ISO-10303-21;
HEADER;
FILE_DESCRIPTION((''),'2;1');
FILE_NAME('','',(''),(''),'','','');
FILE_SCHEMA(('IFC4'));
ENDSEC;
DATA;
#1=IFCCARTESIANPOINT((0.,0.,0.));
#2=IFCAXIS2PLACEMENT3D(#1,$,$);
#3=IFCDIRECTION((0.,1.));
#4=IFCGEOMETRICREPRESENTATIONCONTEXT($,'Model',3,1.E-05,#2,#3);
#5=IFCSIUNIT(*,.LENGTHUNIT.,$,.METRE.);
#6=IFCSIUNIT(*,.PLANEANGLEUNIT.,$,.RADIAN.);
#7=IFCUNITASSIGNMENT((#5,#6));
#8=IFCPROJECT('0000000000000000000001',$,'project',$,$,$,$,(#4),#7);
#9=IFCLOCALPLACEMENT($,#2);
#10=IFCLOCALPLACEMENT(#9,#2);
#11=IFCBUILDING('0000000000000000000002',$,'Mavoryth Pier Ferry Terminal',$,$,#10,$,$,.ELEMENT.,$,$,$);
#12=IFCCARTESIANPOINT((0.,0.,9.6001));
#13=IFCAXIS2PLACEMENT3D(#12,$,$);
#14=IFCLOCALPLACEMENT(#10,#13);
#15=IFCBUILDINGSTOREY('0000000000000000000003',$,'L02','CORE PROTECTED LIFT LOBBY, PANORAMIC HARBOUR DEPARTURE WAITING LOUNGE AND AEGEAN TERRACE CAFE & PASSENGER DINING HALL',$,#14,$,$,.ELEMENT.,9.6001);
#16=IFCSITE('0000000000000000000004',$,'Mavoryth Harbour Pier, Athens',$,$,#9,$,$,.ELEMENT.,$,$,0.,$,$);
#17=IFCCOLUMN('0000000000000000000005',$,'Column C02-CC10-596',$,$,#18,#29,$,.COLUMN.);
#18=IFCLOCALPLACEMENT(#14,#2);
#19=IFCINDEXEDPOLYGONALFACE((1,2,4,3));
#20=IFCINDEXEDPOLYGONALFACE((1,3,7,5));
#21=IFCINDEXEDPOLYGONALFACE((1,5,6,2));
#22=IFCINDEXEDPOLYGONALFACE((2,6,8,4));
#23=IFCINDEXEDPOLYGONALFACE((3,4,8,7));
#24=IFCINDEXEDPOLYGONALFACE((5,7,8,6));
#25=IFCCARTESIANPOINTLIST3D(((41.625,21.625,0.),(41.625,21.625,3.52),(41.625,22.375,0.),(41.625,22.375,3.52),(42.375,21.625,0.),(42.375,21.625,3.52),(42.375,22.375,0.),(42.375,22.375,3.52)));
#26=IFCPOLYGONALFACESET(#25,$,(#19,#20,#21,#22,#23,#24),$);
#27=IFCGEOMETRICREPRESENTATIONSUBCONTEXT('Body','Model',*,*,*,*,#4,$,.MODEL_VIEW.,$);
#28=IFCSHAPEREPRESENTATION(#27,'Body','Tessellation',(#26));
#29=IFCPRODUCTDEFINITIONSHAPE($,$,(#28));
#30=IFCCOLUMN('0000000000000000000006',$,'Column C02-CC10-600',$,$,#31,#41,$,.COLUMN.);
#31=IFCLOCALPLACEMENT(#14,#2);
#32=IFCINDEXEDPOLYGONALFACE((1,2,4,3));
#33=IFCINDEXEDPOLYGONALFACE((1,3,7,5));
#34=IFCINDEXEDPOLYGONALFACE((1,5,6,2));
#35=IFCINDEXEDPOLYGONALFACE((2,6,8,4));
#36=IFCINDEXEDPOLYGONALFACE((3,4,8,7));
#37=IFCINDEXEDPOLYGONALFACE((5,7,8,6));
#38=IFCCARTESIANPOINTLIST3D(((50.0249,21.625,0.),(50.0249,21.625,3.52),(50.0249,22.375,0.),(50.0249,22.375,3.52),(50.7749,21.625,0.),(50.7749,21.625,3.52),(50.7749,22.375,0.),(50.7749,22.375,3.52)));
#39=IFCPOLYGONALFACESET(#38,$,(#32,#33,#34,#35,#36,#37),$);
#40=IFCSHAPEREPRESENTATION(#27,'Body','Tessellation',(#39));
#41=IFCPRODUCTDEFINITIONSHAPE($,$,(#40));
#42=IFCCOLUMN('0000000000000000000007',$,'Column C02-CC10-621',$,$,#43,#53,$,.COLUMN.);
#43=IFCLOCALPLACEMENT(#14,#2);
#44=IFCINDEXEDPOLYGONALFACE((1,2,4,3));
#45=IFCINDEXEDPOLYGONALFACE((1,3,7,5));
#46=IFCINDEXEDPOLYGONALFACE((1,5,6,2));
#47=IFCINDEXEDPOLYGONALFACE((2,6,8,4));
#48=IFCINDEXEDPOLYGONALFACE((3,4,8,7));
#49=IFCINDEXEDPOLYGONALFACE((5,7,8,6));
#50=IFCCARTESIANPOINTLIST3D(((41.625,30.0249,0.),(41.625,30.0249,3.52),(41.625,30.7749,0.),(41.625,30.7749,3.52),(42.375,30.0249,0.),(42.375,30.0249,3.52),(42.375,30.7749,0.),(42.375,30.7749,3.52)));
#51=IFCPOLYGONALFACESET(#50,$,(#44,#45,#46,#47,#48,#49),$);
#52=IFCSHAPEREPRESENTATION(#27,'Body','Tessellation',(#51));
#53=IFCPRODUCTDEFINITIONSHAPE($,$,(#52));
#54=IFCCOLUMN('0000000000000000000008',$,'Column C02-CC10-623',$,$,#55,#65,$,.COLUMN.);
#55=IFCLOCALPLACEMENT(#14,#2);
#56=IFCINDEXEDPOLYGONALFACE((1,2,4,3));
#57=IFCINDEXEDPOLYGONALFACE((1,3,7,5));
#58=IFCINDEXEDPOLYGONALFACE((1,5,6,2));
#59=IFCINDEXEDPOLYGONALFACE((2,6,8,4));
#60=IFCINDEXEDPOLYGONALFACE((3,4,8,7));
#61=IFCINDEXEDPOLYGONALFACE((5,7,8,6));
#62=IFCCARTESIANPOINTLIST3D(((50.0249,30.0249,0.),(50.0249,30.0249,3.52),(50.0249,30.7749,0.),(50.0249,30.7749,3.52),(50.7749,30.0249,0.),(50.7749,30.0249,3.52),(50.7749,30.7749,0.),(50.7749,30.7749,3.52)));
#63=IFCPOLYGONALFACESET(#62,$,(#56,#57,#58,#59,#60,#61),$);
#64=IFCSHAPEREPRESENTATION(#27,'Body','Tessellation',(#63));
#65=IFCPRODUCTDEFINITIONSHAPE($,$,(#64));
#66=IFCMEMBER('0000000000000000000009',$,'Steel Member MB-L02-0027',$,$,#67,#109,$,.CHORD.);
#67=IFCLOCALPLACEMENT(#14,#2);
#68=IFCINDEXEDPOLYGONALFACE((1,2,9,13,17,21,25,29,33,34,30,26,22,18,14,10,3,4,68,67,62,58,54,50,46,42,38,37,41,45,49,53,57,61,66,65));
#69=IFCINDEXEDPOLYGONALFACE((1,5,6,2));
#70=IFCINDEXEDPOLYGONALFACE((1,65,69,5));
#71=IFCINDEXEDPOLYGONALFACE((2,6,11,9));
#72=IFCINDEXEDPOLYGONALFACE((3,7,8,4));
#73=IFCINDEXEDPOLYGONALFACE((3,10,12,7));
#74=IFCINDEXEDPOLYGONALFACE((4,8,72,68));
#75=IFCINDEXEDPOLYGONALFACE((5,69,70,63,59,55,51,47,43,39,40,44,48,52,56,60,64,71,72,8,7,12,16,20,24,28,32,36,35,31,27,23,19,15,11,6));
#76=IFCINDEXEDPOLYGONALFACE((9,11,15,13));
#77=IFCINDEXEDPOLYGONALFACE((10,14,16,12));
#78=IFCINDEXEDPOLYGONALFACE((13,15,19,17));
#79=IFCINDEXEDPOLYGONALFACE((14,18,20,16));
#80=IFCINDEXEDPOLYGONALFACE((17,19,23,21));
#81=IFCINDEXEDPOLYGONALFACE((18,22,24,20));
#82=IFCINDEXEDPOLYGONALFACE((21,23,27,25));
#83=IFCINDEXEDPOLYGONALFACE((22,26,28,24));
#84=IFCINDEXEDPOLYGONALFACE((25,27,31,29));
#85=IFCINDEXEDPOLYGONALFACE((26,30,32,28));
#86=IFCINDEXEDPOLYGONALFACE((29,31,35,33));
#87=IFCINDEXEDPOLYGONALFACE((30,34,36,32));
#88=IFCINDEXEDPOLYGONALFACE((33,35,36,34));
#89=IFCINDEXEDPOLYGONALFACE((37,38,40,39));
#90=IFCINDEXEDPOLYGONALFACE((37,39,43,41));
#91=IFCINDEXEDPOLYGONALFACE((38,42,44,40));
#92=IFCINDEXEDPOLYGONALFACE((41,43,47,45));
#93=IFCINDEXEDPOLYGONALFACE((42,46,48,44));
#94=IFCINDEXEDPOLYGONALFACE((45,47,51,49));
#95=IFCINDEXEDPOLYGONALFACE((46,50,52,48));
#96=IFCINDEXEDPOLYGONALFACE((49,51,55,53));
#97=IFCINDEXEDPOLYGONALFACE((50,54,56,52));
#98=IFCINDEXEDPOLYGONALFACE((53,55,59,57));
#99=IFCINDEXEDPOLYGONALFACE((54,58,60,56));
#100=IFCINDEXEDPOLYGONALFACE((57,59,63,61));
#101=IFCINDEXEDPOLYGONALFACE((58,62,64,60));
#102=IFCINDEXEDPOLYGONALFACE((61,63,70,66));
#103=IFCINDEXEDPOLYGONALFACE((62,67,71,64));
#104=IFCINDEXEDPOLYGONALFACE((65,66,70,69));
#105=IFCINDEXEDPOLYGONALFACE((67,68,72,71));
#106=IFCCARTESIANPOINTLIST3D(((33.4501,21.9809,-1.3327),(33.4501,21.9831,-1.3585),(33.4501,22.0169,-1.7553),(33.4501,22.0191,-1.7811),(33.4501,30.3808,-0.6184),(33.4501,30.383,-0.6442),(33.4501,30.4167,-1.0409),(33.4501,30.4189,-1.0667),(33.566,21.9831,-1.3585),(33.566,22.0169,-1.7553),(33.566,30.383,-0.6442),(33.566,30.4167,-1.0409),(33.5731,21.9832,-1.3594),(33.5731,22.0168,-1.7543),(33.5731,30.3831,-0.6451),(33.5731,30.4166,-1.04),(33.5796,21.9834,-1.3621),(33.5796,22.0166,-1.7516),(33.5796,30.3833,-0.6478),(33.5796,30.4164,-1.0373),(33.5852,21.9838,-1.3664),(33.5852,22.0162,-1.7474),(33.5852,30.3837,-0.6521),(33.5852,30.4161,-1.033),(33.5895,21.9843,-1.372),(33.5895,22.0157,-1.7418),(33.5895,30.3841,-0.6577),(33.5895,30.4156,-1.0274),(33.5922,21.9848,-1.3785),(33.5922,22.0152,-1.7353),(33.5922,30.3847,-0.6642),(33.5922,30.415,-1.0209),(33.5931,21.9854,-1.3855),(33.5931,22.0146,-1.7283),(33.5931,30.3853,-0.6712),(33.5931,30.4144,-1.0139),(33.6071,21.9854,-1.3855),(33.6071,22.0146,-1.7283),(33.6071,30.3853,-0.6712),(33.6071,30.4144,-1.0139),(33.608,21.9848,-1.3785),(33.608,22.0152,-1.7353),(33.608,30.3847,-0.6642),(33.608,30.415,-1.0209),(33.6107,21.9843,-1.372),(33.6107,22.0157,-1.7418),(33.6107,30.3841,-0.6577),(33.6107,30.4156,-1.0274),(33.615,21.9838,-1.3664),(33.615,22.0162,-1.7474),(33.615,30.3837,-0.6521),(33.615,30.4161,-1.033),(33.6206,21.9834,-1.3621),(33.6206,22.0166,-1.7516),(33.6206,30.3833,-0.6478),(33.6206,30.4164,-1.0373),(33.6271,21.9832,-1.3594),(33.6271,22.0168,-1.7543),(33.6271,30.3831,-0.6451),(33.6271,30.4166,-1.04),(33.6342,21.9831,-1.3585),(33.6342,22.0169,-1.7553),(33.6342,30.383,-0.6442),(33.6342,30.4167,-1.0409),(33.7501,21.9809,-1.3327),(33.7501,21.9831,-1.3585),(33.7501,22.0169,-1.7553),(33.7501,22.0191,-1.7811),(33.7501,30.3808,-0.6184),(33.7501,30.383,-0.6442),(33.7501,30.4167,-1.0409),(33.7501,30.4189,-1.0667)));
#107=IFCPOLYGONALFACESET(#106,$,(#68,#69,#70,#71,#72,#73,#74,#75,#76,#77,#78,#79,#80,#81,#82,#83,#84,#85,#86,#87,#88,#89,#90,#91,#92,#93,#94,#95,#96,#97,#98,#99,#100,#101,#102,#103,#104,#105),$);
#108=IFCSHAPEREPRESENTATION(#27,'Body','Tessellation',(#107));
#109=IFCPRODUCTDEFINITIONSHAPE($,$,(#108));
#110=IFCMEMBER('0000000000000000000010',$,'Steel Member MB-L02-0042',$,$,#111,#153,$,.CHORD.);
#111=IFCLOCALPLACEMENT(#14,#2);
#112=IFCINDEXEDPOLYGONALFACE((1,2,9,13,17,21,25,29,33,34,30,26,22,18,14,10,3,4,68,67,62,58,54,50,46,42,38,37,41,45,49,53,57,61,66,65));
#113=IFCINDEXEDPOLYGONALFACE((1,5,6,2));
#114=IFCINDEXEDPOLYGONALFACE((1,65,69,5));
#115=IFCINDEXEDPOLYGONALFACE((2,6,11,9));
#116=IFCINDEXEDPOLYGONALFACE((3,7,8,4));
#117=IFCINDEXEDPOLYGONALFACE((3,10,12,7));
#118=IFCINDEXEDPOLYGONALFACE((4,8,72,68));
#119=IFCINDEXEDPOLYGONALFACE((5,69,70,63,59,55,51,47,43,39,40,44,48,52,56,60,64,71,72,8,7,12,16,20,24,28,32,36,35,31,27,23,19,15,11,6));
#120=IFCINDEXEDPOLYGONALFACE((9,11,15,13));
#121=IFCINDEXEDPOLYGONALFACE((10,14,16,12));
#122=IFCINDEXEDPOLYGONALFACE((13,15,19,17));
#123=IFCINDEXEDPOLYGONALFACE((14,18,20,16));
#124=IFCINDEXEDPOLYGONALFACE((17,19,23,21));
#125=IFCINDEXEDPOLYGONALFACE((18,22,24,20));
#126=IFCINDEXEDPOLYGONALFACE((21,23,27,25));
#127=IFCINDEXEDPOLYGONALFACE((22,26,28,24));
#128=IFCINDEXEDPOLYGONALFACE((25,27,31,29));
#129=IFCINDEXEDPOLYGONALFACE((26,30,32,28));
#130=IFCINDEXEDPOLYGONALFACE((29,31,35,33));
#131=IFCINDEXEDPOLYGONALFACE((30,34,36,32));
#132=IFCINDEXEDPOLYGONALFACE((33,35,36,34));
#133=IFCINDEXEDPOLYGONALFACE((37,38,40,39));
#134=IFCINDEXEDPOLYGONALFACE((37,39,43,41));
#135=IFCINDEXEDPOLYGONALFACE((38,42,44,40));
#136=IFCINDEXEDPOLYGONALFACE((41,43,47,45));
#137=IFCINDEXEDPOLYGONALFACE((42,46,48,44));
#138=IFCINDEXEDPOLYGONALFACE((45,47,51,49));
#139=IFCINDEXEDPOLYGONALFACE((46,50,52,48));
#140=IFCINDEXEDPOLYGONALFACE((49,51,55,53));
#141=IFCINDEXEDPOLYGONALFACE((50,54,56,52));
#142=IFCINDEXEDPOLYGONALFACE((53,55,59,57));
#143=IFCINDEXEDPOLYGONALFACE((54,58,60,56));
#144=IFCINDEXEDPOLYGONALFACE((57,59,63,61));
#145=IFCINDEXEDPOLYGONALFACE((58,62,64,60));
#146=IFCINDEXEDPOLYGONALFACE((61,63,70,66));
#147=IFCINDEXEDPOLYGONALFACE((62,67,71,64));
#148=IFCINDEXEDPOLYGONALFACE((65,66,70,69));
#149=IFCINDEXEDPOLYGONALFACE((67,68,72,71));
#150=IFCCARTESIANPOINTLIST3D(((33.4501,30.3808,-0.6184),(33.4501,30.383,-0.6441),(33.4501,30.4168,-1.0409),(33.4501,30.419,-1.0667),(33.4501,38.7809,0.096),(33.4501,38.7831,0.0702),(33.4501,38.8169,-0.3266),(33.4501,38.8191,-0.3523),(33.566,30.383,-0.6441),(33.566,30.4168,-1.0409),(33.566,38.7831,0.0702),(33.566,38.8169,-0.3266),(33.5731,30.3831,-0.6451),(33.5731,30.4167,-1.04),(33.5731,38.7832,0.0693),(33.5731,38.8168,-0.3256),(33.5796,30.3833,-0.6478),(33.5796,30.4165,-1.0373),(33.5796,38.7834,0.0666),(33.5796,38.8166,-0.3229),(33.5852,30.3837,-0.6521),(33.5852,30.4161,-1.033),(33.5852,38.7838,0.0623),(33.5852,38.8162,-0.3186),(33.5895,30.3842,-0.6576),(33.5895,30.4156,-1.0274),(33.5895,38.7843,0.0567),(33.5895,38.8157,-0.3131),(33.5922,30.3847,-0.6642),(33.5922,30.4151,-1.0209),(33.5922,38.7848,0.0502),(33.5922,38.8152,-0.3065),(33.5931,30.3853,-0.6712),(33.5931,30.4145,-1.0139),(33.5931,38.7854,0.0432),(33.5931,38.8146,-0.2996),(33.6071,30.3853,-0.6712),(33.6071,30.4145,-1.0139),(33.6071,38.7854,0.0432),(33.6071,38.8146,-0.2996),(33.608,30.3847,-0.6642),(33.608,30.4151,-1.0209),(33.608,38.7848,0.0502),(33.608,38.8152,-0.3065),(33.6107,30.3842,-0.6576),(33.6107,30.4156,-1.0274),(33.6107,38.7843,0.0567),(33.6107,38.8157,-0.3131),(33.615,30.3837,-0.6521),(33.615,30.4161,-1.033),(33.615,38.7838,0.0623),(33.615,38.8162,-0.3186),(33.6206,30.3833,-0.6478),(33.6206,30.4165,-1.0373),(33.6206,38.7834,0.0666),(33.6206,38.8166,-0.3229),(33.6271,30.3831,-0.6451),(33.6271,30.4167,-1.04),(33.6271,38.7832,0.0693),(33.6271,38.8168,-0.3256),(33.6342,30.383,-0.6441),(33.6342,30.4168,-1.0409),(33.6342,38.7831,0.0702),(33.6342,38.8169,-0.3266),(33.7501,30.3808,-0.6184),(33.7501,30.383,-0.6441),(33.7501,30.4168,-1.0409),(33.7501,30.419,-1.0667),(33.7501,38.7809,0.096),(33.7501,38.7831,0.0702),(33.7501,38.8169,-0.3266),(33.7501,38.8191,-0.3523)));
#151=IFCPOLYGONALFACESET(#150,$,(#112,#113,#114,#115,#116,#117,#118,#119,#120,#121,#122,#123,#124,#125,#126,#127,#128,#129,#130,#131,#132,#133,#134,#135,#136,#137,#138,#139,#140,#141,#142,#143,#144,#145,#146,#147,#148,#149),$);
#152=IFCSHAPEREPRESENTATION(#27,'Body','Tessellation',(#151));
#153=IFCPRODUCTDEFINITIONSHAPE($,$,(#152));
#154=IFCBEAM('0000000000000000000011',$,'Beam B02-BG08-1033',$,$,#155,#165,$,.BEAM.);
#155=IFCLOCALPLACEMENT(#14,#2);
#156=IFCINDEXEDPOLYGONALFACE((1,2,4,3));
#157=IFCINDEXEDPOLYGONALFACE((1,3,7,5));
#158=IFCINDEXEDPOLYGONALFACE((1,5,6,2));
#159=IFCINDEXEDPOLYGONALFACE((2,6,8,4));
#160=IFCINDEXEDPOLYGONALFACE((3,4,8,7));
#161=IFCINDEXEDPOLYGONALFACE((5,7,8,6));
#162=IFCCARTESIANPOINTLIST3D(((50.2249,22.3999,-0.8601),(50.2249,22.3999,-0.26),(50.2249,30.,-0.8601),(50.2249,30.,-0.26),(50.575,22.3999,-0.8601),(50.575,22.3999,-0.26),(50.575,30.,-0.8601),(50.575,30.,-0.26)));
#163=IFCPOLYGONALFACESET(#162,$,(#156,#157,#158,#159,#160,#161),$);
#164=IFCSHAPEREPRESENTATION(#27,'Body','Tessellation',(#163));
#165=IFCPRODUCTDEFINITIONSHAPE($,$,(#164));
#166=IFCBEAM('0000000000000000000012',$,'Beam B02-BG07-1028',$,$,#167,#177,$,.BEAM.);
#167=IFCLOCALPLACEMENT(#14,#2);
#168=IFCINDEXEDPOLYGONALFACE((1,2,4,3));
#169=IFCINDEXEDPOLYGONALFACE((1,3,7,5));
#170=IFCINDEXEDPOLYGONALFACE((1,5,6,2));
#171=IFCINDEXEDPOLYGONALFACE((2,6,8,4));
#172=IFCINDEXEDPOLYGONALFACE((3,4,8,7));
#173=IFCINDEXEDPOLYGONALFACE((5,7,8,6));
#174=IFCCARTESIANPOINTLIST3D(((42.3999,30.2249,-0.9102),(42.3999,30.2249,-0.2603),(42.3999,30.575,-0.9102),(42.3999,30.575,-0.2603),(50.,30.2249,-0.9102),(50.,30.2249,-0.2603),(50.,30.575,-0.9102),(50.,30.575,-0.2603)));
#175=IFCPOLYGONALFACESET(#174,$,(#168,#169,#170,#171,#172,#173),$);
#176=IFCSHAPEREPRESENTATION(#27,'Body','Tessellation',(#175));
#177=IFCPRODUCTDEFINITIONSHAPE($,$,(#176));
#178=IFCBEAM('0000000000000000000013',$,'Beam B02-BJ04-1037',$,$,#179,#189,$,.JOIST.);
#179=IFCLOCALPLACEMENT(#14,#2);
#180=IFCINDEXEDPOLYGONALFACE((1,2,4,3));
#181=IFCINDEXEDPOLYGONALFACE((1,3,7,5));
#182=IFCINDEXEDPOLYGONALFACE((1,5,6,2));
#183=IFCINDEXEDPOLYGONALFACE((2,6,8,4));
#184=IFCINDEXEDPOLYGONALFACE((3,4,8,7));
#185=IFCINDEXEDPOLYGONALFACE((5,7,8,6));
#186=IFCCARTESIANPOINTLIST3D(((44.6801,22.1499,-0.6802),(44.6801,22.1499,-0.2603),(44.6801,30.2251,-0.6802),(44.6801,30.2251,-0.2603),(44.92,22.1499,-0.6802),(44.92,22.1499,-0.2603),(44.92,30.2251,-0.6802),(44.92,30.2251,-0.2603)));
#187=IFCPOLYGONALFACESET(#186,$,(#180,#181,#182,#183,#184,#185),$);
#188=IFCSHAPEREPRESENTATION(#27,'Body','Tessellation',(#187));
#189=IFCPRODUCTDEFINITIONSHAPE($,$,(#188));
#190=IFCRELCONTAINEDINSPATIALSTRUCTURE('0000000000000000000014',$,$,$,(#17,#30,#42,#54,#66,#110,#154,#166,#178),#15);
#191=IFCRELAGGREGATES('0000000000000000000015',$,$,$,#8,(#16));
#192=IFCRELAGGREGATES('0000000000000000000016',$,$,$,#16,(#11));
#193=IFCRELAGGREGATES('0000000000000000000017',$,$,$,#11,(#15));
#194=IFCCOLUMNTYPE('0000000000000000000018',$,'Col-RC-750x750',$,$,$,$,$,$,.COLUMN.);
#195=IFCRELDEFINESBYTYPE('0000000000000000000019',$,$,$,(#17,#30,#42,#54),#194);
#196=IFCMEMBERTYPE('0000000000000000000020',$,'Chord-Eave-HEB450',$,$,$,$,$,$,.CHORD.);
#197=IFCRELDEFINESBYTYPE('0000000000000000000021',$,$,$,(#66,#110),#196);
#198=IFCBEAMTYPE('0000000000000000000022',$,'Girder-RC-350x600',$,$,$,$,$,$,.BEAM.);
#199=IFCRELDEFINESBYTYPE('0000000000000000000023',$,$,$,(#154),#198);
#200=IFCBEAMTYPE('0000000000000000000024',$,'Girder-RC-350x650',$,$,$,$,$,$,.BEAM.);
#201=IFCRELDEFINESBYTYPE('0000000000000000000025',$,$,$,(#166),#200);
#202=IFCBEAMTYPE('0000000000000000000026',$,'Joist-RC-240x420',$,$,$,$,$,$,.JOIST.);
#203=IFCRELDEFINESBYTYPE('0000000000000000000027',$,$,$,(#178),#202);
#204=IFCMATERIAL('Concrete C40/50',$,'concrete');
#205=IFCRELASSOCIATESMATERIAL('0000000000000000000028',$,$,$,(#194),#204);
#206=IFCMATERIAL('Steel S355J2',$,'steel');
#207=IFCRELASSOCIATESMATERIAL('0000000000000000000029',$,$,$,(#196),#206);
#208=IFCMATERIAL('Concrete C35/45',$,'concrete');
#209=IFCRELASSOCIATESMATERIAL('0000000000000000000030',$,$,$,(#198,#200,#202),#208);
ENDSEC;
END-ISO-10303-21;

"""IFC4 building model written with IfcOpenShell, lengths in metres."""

from ifc_helpers import new_model, si_unit, direction, frame, origin, origin_2d, place, context, subcontext, project, spatial, rectangle, i_section, extrude, material, material_profile, profile_set, type_object, element, save


model = new_model("IFC4")

# Units and contexts
model_context = context("Model", 3, precision=1e-05, world=origin(), true_north=direction((0.0, 1.0)))
body_context = subcontext(model_context, "Body", "Model", "MODEL_VIEW")
ifc_project = project(units=[si_unit("LENGTHUNIT", "METRE"), si_unit("PLANEANGLEUNIT", "RADIAN")], contexts=[model_context])

# Site, building, storey
site_placement = place(None, origin())
site = spatial("IfcSite", under=ifc_project, at=site_placement, Name="Mavoryth Harbour Pier, Athens", CompositionType="ELEMENT", RefElevation=0.0)
building_placement = place(site_placement, origin())
building = spatial("IfcBuilding", under=site, at=building_placement, Name="Mavoryth Pier Ferry Terminal", CompositionType="ELEMENT")
storey_placement = place(building_placement, frame((0.0, 0.0, 9.6001)))
storey = spatial("IfcBuildingStorey", under=building, at=storey_placement, Name="L02", Description="CORE PROTECTED LIFT LOBBY, PANORAMIC HARBOUR DEPARTURE WAITING LOUNGE AND AEGEAN TERRACE CAFE & PASSENGER DINING HALL", CompositionType="ELEMENT", Elevation=9.6001)

# Columns
ifc_material_1 = material(Name="Concrete C40/50", Category="concrete")
ifc_material_profile_1 = material_profile(ifc_material_1, rectangle(XDim=0.75, YDim=0.75, at=origin_2d()), Name="RC 750x750", Category="concrete")
ifc_profile_set_1 = profile_set([ifc_material_profile_1], Name="Concrete C40/50 - RC 750x750")
column_type = type_object("IfcColumnType", Name="Col-RC-750x750", PredefinedType="COLUMN", material=ifc_profile_set_1)
for number, where, z_axis, x_axis, name in (
    (1, (42.0, 22.0, 0.0), (0.0, 0.0, 1.0), (1.0, 0.0, 0.0), "Column C02-CC10-596"),
    (2, (50.3999, 22.0, 0.0), (0.0, 0.0, 1.0), (1.0, 0.0, 0.0), "Column C02-CC10-600"),
    (3, (42.0, 30.3999, 0.0), (0.0, 0.0, 1.0), (1.0, 0.0, 0.0), "Column C02-CC10-621"),
    (4, (50.3999, 30.3999, 0.0), (0.0, 0.0, 1.0), (1.0, 0.0, 0.0), "Column C02-CC10-623"),
):
    element("IfcColumn", number, at=place(storey_placement, frame(where, z_axis=z_axis, x_axis=x_axis)), inside=storey, type_object=column_type, Name=name, PredefinedType="COLUMN", context=body_context, shape_type="SweptSolid", body=[
        extrude(rectangle(XDim=0.75, YDim=0.75, at=origin_2d()), origin(), (0.0, 0.0, 1.0), 3.52),
    ])

# Members
ifc_material_2 = material(Name="Steel S355J2", Category="steel")
ifc_material_profile_2 = material_profile(ifc_material_2, i_section(OverallWidth=0.3, OverallDepth=0.45, WebThickness=0.0139, FlangeThickness=0.0259, FilletRadius=0.0271, at=origin_2d()), Name="HEB 450", Category="steel")
ifc_profile_set_2 = profile_set([ifc_material_profile_2], Name="Steel S355J2 - HEB 450")
member_type_1 = type_object("IfcMemberType", Name="Chord-Eave-HEB450", PredefinedType="CHORD", material=ifc_profile_set_2)
member_1_placement = place(storey_placement, frame((33.6001, 22.0, -1.5569), z_axis=(0.0, 0.996403, 0.084737), x_axis=(-1.0, 0.0, 0.0)))
element("IfcMember", 5, at=member_1_placement, inside=storey, type_object=member_type_1, Name="Steel Member MB-L02-0027", PredefinedType="CHORD", context=body_context, shape_type="SweptSolid", body=[
    extrude(i_section(OverallWidth=0.3, OverallDepth=0.45, WebThickness=0.0139, FlangeThickness=0.0259, FilletRadius=0.0271, at=origin_2d()), origin(), (0.0, 0.0, 1.0), 8.4302),
])
member_2_placement = place(storey_placement, frame((33.6001, 30.3999, -0.8425), z_axis=(0.0, 0.996404, 0.084735), x_axis=(-1.0, 0.0, 0.0)))
element("IfcMember", 6, at=member_2_placement, inside=storey, type_object=member_type_1, Name="Steel Member MB-L02-0042", PredefinedType="CHORD", context=body_context, shape_type="SweptSolid", body=[
    extrude(i_section(OverallWidth=0.3, OverallDepth=0.45, WebThickness=0.0139, FlangeThickness=0.0259, FilletRadius=0.0271, at=origin_2d()), origin(), (0.0, 0.0, 1.0), 8.4304),
])

# Beams
ifc_material_3 = material(Name="Concrete C35/45", Category="concrete")
ifc_material_profile_3 = material_profile(ifc_material_3, rectangle(XDim=0.3501, YDim=0.6001, at=origin_2d()), Name="RC 350x600", Category="concrete")
ifc_profile_set_3 = profile_set([ifc_material_profile_3], Name="Concrete C35/45 - RC 350x600")
beam_type_1 = type_object("IfcBeamType", Name="Girder-RC-350x600", PredefinedType="BEAM", material=ifc_profile_set_3)
beam_1_placement = place(storey_placement, frame((50.3999, 22.3999, -0.5601), z_axis=(0.0, 1.0, 0.0), x_axis=(-1.0, 0.0, 0.0)))
element("IfcBeam", 7, at=beam_1_placement, inside=storey, type_object=beam_type_1, Name="Beam B02-BG08-1033", PredefinedType="BEAM", context=body_context, shape_type="SweptSolid", body=[
    extrude(rectangle(XDim=0.3501, YDim=0.6001, at=origin_2d()), origin(), (0.0, 0.0, 1.0), 7.6001),
])
ifc_material_profile_4 = material_profile(ifc_material_3, rectangle(XDim=0.3501, YDim=0.6499, at=origin_2d()), Name="RC 350x650", Category="concrete")
ifc_profile_set_4 = profile_set([ifc_material_profile_4], Name="Concrete C35/45 - RC 350x650")
beam_type_2 = type_object("IfcBeamType", Name="Girder-RC-350x650", PredefinedType="BEAM", material=ifc_profile_set_4)
beam_2_placement = place(storey_placement, frame((42.3999, 30.3999, -0.5852), z_axis=(1.0, 0.0, 0.0), x_axis=(0.0, 1.0, 0.0)))
element("IfcBeam", 8, at=beam_2_placement, inside=storey, type_object=beam_type_2, Name="Beam B02-BG07-1028", PredefinedType="BEAM", context=body_context, shape_type="SweptSolid", body=[
    extrude(rectangle(XDim=0.3501, YDim=0.6499, at=origin_2d()), origin(), (0.0, 0.0, 1.0), 7.6001),
])
ifc_material_profile_5 = material_profile(ifc_material_3, rectangle(XDim=0.24, YDim=0.4199, at=origin_2d()), Name="RC 240x420", Category="concrete")
ifc_profile_set_5 = profile_set([ifc_material_profile_5], Name="Concrete C35/45 - RC 240x420")
beam_type_3 = type_object("IfcBeamType", Name="Joist-RC-240x420", PredefinedType="JOIST", material=ifc_profile_set_5)
for number, where, z_axis, x_axis, name in (
    (9, (44.8, 22.1499, -0.4702), (0.0, 1.0, 0.0), (-1.0, 0.0, 0.0), "Beam B02-BJ04-1037"),
):
    element("IfcBeam", number, at=place(storey_placement, frame(where, z_axis=z_axis, x_axis=x_axis)), inside=storey, type_object=beam_type_3, Name=name, PredefinedType="JOIST", context=body_context, shape_type="SweptSolid", body=[
        extrude(rectangle(XDim=0.24, YDim=0.4199, at=origin_2d()), origin(), (0.0, 0.0, 1.0), 8.0752),
    ])

save(model, "model.ifc")
